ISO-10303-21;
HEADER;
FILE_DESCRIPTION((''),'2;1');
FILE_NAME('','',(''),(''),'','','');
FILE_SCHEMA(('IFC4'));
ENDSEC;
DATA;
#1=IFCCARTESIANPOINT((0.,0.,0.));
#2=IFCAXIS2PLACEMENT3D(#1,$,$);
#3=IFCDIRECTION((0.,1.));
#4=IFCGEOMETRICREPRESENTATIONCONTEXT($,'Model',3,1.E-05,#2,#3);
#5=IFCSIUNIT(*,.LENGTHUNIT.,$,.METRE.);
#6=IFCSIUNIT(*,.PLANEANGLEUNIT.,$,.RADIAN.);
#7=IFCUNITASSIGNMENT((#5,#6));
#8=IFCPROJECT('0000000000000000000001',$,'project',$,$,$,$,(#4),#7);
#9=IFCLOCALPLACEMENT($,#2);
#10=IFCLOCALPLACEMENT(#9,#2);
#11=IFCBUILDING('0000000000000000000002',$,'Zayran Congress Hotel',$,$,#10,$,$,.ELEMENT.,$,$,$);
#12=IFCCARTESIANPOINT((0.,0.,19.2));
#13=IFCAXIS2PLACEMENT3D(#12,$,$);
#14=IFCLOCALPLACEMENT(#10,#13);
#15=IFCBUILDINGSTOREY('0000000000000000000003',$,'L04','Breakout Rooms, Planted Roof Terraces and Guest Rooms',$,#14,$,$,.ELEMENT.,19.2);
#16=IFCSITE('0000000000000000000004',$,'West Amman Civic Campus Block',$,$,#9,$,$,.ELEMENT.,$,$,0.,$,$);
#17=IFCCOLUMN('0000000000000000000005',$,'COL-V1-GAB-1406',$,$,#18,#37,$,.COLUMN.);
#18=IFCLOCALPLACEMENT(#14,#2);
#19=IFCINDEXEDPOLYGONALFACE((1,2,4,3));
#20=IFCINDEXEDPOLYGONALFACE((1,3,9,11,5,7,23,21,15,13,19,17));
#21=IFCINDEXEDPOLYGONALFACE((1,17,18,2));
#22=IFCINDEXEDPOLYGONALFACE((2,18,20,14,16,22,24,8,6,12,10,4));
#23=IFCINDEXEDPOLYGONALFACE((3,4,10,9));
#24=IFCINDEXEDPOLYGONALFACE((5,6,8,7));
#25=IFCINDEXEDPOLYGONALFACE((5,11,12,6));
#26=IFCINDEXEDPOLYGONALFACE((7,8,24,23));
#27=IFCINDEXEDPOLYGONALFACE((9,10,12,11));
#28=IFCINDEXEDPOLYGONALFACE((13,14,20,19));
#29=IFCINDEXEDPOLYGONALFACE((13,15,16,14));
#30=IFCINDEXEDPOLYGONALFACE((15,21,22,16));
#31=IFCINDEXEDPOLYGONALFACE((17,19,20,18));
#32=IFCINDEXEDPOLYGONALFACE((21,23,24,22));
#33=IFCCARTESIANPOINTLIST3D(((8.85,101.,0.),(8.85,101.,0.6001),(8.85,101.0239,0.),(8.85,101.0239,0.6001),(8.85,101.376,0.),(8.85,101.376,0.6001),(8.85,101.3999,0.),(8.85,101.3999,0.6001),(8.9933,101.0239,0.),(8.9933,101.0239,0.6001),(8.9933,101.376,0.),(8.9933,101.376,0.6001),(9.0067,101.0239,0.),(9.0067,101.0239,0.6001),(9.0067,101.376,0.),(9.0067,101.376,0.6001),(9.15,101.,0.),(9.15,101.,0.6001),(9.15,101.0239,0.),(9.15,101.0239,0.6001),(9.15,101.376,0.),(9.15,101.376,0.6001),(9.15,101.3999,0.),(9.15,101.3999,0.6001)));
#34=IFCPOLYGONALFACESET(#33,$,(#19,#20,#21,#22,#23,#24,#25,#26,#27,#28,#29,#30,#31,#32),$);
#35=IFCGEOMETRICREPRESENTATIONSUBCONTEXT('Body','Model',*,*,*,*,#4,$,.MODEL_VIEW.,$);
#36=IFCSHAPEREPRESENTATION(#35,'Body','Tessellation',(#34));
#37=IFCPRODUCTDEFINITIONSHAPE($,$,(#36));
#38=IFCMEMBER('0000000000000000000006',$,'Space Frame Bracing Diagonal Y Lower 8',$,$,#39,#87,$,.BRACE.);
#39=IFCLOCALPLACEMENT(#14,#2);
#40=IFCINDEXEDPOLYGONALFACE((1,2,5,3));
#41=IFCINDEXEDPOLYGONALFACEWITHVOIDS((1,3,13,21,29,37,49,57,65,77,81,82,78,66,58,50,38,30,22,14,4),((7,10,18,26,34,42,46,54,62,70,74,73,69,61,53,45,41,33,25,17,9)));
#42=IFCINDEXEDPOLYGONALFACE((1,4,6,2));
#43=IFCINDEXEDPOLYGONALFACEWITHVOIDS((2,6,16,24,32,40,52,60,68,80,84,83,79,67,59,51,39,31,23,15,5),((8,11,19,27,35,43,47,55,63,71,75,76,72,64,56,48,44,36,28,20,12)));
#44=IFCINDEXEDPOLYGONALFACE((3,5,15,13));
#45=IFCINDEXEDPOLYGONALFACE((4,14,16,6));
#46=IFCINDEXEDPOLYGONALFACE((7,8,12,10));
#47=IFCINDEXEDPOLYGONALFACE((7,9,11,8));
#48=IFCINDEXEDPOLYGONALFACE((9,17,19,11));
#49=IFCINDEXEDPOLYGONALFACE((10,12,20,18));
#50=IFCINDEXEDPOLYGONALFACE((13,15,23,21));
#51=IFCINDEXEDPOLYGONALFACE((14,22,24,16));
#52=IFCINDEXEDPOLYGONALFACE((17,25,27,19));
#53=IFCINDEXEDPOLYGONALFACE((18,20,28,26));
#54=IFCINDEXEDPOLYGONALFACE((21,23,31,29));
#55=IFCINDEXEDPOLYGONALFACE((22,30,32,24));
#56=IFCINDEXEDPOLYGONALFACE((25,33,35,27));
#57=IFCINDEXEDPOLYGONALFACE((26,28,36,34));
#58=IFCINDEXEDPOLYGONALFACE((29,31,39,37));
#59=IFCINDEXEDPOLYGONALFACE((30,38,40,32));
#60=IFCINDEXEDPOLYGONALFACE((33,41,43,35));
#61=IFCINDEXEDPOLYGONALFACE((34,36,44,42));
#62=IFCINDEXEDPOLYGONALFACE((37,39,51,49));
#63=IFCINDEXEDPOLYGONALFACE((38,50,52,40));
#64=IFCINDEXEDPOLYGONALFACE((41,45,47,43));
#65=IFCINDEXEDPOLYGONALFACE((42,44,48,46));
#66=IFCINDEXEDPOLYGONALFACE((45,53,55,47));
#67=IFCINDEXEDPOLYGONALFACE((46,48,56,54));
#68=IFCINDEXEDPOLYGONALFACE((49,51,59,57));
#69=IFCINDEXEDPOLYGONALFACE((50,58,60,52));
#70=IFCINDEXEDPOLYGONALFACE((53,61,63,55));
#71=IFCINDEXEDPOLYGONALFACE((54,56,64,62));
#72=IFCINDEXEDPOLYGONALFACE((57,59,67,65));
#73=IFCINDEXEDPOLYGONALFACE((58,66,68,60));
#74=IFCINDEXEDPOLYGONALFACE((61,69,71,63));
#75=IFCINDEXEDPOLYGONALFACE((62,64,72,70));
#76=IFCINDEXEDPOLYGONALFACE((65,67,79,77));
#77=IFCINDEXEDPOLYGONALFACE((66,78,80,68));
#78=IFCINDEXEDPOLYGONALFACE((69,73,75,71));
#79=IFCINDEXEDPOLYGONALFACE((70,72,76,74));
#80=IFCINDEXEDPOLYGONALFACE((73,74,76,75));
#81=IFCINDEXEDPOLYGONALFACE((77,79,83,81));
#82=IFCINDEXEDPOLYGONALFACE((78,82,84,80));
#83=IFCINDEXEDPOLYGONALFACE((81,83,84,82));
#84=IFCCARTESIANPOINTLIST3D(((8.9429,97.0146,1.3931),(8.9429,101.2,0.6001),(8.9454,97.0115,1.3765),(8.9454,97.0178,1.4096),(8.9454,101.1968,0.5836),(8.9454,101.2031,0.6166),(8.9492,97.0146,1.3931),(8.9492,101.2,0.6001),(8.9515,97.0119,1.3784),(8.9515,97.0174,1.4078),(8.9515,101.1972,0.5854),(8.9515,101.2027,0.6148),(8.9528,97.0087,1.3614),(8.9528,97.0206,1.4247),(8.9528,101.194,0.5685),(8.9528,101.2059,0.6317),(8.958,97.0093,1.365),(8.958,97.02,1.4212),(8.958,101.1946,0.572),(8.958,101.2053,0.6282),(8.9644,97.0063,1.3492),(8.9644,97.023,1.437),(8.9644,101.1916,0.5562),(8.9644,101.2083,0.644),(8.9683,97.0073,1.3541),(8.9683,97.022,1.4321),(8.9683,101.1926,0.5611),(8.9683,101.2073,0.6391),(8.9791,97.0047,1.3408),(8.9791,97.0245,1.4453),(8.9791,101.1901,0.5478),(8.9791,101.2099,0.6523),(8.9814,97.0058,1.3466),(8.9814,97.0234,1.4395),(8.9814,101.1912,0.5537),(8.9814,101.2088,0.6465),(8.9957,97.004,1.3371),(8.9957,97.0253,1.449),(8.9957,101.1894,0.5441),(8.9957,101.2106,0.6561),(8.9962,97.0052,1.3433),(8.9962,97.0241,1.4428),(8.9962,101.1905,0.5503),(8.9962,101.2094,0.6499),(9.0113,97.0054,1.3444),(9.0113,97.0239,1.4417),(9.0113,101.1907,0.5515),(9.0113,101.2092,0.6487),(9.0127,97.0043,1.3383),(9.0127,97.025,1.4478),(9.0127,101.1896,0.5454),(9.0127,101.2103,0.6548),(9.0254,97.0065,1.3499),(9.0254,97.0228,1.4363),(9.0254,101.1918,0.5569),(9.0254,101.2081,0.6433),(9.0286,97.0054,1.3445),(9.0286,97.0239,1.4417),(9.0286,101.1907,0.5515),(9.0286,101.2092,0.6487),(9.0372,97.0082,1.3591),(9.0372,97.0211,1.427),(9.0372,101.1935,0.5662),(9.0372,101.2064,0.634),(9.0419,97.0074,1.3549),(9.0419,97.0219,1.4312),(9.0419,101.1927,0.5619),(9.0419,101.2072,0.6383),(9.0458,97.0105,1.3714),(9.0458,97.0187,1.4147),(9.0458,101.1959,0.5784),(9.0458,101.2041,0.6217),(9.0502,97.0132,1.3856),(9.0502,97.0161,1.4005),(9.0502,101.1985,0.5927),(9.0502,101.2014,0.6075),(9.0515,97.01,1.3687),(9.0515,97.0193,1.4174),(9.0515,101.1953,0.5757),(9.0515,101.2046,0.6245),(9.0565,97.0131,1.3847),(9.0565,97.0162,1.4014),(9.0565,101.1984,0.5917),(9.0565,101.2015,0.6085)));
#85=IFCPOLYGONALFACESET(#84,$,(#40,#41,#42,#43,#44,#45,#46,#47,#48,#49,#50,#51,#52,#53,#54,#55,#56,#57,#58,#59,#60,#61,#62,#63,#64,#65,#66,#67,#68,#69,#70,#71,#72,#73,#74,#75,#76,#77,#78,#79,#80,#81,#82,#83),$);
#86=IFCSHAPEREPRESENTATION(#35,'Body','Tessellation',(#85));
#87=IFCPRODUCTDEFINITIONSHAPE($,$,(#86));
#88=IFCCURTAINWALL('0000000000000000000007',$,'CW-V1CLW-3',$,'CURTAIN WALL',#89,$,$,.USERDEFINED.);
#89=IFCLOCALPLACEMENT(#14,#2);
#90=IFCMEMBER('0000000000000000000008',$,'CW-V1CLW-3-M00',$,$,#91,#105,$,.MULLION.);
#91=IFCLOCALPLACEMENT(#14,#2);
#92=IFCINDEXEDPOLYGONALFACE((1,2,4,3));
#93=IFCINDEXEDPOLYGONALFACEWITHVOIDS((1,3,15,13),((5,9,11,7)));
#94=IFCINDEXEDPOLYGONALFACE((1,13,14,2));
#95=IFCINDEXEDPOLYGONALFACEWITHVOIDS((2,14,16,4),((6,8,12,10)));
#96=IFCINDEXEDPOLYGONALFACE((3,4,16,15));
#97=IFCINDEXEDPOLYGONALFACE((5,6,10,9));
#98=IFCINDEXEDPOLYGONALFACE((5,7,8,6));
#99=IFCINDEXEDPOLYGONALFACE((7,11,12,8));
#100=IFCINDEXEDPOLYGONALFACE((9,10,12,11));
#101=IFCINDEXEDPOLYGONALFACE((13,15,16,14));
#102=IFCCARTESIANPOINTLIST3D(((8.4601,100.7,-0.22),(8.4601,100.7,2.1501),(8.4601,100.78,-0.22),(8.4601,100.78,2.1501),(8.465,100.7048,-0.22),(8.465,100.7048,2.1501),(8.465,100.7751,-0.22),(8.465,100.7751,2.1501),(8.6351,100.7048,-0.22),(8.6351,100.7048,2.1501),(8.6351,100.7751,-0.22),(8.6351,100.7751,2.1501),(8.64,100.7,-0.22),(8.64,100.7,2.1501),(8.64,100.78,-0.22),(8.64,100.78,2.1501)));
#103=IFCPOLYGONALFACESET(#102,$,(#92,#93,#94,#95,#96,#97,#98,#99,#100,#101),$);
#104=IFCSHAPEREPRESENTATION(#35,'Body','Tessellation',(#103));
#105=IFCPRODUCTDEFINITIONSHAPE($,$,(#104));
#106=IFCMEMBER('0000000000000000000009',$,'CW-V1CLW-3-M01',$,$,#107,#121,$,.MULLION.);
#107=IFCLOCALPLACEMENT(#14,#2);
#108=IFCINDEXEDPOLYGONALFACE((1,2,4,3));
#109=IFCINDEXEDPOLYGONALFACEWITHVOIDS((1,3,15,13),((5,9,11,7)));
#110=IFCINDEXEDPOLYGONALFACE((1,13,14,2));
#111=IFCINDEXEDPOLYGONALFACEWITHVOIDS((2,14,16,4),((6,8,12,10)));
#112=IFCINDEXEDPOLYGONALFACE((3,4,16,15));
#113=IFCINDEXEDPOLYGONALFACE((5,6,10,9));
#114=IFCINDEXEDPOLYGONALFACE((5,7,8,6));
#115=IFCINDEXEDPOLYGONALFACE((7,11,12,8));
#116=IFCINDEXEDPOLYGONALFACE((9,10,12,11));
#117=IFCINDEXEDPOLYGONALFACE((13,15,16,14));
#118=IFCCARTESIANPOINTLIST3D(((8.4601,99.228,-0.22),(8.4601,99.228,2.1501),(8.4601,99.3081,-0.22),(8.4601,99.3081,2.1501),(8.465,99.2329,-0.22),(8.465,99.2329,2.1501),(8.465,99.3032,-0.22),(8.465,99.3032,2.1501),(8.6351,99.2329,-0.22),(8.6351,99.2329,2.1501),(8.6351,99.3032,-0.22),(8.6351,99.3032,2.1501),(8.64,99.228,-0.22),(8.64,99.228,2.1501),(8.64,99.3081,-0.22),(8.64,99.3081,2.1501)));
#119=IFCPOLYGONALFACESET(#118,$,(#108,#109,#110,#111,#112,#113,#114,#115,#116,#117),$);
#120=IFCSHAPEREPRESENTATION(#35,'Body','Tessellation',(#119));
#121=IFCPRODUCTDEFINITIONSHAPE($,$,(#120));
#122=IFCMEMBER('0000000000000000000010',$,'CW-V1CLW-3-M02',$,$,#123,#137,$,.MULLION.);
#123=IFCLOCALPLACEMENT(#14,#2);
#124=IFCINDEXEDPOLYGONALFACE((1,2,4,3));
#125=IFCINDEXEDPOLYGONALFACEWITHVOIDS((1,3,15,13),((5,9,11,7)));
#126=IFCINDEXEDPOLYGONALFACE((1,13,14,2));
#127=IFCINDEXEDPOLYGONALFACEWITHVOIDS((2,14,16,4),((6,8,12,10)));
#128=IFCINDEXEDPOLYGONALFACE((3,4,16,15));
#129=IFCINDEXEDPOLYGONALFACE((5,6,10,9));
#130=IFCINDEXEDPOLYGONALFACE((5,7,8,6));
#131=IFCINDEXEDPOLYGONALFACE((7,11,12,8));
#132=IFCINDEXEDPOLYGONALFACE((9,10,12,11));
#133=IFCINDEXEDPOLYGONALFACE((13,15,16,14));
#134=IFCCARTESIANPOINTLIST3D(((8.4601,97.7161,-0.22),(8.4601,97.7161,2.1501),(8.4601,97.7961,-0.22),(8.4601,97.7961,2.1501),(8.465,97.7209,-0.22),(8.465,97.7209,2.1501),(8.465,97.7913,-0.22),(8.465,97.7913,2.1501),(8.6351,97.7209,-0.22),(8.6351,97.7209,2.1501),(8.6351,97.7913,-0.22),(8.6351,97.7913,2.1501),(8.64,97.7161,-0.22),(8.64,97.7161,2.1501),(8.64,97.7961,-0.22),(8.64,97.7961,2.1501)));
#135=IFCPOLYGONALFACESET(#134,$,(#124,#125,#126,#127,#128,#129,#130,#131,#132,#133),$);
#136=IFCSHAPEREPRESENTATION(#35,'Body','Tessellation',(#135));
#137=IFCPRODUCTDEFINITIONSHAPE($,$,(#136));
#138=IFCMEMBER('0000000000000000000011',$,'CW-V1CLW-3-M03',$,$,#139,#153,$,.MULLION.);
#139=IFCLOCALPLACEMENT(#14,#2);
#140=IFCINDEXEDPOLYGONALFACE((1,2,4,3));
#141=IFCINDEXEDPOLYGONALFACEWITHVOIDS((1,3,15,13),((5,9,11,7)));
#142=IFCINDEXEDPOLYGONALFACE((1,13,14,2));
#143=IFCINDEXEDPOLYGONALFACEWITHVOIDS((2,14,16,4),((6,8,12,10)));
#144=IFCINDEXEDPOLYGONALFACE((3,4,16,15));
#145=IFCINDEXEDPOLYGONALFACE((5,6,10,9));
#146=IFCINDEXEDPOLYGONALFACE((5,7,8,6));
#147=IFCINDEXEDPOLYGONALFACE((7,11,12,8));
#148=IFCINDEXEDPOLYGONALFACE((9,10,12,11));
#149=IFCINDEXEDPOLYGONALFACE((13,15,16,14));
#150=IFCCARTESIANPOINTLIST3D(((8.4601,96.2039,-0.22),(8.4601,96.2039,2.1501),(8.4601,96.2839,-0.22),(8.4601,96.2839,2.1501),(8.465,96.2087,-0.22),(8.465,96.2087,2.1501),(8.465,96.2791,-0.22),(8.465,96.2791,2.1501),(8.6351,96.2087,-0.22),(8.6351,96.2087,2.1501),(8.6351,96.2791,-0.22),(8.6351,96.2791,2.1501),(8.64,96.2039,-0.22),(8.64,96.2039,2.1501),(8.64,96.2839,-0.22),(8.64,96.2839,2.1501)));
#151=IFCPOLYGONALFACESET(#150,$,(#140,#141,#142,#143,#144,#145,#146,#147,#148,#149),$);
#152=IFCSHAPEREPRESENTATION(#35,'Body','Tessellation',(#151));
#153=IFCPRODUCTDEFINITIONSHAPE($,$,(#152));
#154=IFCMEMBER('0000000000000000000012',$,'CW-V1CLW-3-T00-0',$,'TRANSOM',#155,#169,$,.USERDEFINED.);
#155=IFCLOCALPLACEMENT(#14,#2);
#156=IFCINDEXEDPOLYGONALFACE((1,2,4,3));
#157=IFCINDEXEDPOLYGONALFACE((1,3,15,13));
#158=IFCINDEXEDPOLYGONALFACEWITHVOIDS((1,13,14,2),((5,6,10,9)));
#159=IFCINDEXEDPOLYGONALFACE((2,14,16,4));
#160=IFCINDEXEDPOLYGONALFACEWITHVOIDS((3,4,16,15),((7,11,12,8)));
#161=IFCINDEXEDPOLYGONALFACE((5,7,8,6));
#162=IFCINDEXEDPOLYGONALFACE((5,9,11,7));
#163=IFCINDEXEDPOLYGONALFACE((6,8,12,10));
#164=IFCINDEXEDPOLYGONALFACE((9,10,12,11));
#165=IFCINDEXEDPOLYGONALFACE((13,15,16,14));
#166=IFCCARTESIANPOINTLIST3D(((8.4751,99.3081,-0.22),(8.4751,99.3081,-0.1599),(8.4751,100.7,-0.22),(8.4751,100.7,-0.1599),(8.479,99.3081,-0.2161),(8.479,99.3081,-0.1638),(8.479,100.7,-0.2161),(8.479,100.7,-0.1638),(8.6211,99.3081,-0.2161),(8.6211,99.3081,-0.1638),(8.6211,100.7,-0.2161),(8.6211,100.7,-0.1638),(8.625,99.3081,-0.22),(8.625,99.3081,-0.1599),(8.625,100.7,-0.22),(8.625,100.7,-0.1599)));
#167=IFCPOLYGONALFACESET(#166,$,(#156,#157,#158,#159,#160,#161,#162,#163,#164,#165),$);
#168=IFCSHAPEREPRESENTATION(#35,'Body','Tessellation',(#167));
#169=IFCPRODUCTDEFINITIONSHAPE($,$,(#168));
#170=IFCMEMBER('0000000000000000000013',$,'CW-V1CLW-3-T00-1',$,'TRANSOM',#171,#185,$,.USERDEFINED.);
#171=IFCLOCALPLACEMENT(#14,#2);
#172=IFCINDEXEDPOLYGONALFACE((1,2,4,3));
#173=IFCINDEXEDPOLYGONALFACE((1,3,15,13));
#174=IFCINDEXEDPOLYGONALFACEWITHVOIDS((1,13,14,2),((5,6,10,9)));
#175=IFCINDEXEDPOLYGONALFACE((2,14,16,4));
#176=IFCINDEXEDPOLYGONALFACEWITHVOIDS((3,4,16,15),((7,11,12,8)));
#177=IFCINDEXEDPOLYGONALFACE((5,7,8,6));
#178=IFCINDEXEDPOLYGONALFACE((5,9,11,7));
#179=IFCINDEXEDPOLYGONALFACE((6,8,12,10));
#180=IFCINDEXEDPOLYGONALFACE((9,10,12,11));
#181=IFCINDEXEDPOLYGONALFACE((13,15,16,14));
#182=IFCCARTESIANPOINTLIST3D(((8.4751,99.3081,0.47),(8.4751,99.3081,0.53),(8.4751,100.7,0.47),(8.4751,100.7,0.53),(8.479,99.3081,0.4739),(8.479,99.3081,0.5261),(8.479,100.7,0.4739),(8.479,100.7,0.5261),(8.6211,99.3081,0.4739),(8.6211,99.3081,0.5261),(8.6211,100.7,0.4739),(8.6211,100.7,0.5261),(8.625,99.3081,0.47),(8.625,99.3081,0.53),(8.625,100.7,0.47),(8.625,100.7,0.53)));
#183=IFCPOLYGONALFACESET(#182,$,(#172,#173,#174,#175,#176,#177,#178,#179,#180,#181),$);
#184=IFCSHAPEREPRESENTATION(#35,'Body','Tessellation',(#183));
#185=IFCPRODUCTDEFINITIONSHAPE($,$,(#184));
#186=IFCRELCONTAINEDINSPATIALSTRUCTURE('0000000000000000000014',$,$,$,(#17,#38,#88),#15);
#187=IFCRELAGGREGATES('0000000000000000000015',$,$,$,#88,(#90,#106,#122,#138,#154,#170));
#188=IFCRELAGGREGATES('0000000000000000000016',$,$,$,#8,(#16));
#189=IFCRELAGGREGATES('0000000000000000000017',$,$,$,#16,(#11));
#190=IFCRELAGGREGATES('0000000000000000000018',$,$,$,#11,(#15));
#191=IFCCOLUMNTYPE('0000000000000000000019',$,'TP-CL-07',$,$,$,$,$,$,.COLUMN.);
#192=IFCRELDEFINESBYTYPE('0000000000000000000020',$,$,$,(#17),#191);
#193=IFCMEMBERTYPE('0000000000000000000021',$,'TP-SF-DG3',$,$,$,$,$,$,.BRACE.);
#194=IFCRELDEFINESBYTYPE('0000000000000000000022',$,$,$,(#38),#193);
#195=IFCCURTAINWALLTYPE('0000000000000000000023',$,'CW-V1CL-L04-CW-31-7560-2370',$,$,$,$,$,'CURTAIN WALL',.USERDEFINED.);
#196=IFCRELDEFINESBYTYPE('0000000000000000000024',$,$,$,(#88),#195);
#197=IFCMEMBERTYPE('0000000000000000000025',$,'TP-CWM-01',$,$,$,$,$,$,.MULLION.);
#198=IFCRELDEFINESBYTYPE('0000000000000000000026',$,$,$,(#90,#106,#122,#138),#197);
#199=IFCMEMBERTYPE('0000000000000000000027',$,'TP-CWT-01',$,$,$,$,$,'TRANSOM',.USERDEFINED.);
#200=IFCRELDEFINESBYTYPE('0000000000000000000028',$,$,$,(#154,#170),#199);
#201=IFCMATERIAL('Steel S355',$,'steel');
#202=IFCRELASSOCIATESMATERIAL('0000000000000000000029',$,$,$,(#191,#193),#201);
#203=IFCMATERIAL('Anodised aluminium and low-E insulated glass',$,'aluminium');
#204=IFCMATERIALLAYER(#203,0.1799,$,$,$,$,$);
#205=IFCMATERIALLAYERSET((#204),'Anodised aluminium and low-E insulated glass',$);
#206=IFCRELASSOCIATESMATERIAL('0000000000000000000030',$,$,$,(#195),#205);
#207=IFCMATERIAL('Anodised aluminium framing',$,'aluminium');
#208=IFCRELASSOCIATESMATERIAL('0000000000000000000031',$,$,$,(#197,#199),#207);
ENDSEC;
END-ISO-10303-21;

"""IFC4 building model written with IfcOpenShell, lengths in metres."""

from ifc_helpers import new_model, si_unit, direction, frame, origin, origin_2d, place, context, subcontext, project, spatial, hollow_rectangle, hollow_circle, i_section, extrude, material, layer, layer_set, material_profile, profile_set, type_object, element, aggregate, save


model = new_model("IFC4")

# Units and contexts
model_context = context("Model", 3, precision=1e-05, world=origin(), true_north=direction((0.0, 1.0)))
body_context = subcontext(model_context, "Body", "Model", "MODEL_VIEW")
ifc_project = project(units=[si_unit("LENGTHUNIT", "METRE"), si_unit("PLANEANGLEUNIT", "RADIAN")], contexts=[model_context])

# Site, building, storey
site_placement = place(None, origin())
site = spatial("IfcSite", under=ifc_project, at=site_placement, Name="West Amman Civic Campus Block", CompositionType="ELEMENT", RefElevation=0.0)
building_placement = place(site_placement, origin())
building = spatial("IfcBuilding", under=site, at=building_placement, Name="Zayran Congress Hotel", CompositionType="ELEMENT")
storey_placement = place(building_placement, frame((0.0, 0.0, 19.2)))
storey = spatial("IfcBuildingStorey", under=building, at=storey_placement, Name="L04", Description="Breakout Rooms, Planted Roof Terraces and Guest Rooms", CompositionType="ELEMENT", Elevation=19.2)

# Column
ifc_material_1 = material(Name="Steel S355", Category="steel")
ifc_material_profile_1 = material_profile(ifc_material_1, i_section(OverallWidth=0.3, OverallDepth=0.3999, WebThickness=0.0134, FlangeThickness=0.0239, at=origin_2d()), Name="HEB 400")
ifc_profile_set_1 = profile_set([ifc_material_profile_1], Name="Steel S355")
column_type = type_object("IfcColumnType", Name="TP-CL-07", PredefinedType="COLUMN", material=ifc_profile_set_1)
column_placement = place(storey_placement, frame((9.0, 101.2, 0.0), z_axis=(0.0, 0.0, 1.0), x_axis=(1.0, 0.0, 0.0)))
element("IfcColumn", 1, at=column_placement, inside=storey, type_object=column_type, Name="COL-V1-GAB-1406", PredefinedType="COLUMN", context=body_context, shape_type="SweptSolid", body=[
    extrude(i_section(OverallWidth=0.3, OverallDepth=0.3999, WebThickness=0.0134, FlangeThickness=0.0239, at=origin_2d()), origin(), (0.0, 0.0, 1.0), 0.6001),
])

# Member
ifc_material_profile_2 = material_profile(ifc_material_1, hollow_circle(Radius=0.0571, WallThickness=0.0063, at=origin_2d()), Name="CHS 114.3x6.3")
ifc_profile_set_2 = profile_set([ifc_material_profile_2], Name="Steel S355")
member_type_1 = type_object("IfcMemberType", Name="TP-SF-DG3", PredefinedType="BRACE", material=ifc_profile_set_2)
member_1_placement = place(storey_placement, frame((9.0, 97.0146, 1.3931), z_axis=(0.0, 0.982521, -0.186153), x_axis=(-1.0, 0.0, 0.0)))
element("IfcMember", 2, at=member_1_placement, inside=storey, type_object=member_type_1, Name="Space Frame Bracing Diagonal Y Lower 8", PredefinedType="BRACE", context=body_context, shape_type="SweptSolid", body=[
    extrude(hollow_circle(Radius=0.0571, WallThickness=0.0063, at=origin_2d()), origin(), (0.0, 0.0, 1.0), 4.2598),
])

# Curtain wall, members
ifc_material_2 = material(Name="Anodised aluminium and low-E insulated glass", Category="aluminium")
ifc_layer_1 = layer(ifc_material_2, 0.1799)
ifc_layer_set_1 = layer_set([ifc_layer_1], Name="Anodised aluminium and low-E insulated glass")
curtain_wall_type = type_object("IfcCurtainWallType", Name="CW-V1CL-L04-CW-31-7560-2370", ElementType="CURTAIN WALL", PredefinedType="USERDEFINED", material=ifc_layer_set_1)
curtain_wall_placement = place(storey_placement, origin())
curtain_wall = element("IfcCurtainWall", 3, at=curtain_wall_placement, inside=storey, type_object=curtain_wall_type, Name="CW-V1CLW-3", ObjectType="CURTAIN WALL", PredefinedType="USERDEFINED")
ifc_material_3 = material(Name="Anodised aluminium framing", Category="aluminium")
ifc_material_profile_3 = material_profile(ifc_material_3, hollow_rectangle(XDim=0.0801, YDim=0.1799, WallThickness=0.0049, at=origin_2d()), Name="RHS 180x80x5")
ifc_profile_set_3 = profile_set([ifc_material_profile_3], Name="Anodised aluminium framing")
member_type_2 = type_object("IfcMemberType", Name="TP-CWM-01", PredefinedType="MULLION", material=ifc_profile_set_3)
member_2_placement = place(storey_placement, frame((8.55, 100.74, -0.22), z_axis=(0.0, 0.0, 1.0), x_axis=(0.0, 1.0, 0.0)))
member_2 = element("IfcMember", 4, at=member_2_placement, type_object=member_type_2, Name="CW-V1CLW-3-M00", PredefinedType="MULLION", context=body_context, shape_type="SweptSolid", body=[
    extrude(hollow_rectangle(XDim=0.0801, YDim=0.1799, WallThickness=0.0049, at=origin_2d()), origin(), (0.0, 0.0, 1.0), 2.3701),
])
member_3_placement = place(storey_placement, frame((8.55, 99.2681, -0.22), z_axis=(0.0, 0.0, 1.0), x_axis=(0.0, 1.0, 0.0)))
member_3 = element("IfcMember", 5, at=member_3_placement, type_object=member_type_2, Name="CW-V1CLW-3-M01", PredefinedType="MULLION", context=body_context, shape_type="SweptSolid", body=[
    extrude(hollow_rectangle(XDim=0.0801, YDim=0.1799, WallThickness=0.0049, at=origin_2d()), origin(), (0.0, 0.0, 1.0), 2.3701),
])
member_4_placement = place(storey_placement, frame((8.55, 97.7561, -0.22), z_axis=(0.0, 0.0, 1.0), x_axis=(0.0, 1.0, 0.0)))
member_4 = element("IfcMember", 6, at=member_4_placement, type_object=member_type_2, Name="CW-V1CLW-3-M02", PredefinedType="MULLION", context=body_context, shape_type="SweptSolid", body=[
    extrude(hollow_rectangle(XDim=0.0801, YDim=0.1799, WallThickness=0.0049, at=origin_2d()), origin(), (0.0, 0.0, 1.0), 2.3701),
])
member_5_placement = place(storey_placement, frame((8.55, 96.2439, -0.22), z_axis=(0.0, 0.0, 1.0), x_axis=(0.0, 1.0, 0.0)))
member_5 = element("IfcMember", 7, at=member_5_placement, type_object=member_type_2, Name="CW-V1CLW-3-M03", PredefinedType="MULLION", context=body_context, shape_type="SweptSolid", body=[
    extrude(hollow_rectangle(XDim=0.0801, YDim=0.1799, WallThickness=0.0049, at=origin_2d()), origin(), (0.0, 0.0, 1.0), 2.3701),
])
ifc_material_profile_4 = material_profile(ifc_material_3, hollow_rectangle(XDim=0.0601, YDim=0.1499, WallThickness=0.0039, at=origin_2d()), Name="RHS 150x60x4")
ifc_profile_set_4 = profile_set([ifc_material_profile_4], Name="Anodised aluminium framing")
member_type_3 = type_object("IfcMemberType", Name="TP-CWT-01", ElementType="TRANSOM", PredefinedType="USERDEFINED", material=ifc_profile_set_4)
member_6_placement = place(storey_placement, frame((8.55, 100.7, -0.1899), z_axis=(0.0, -1.0, 0.0), x_axis=(0.0, 0.0, 1.0)))
member_6 = element("IfcMember", 8, at=member_6_placement, type_object=member_type_3, Name="CW-V1CLW-3-T00-0", ObjectType="TRANSOM", PredefinedType="USERDEFINED", context=body_context, shape_type="SweptSolid", body=[
    extrude(hollow_rectangle(XDim=0.0601, YDim=0.1499, WallThickness=0.0039, at=origin_2d()), origin(), (0.0, 0.0, 1.0), 1.3918),
])
member_7_placement = place(storey_placement, frame((8.55, 100.7, 0.5), z_axis=(0.0, -1.0, 0.0), x_axis=(0.0, 0.0, 1.0)))
member_7 = element("IfcMember", 9, at=member_7_placement, type_object=member_type_3, Name="CW-V1CLW-3-T00-1", ObjectType="TRANSOM", PredefinedType="USERDEFINED", context=body_context, shape_type="SweptSolid", body=[
    extrude(hollow_rectangle(XDim=0.0601, YDim=0.1499, WallThickness=0.0039, at=origin_2d()), origin(), (0.0, 0.0, 1.0), 1.3918),
])

aggregate(curtain_wall, [member_2, member_3, member_4, member_5, member_6, member_7])

save(model, "model.ifc")
